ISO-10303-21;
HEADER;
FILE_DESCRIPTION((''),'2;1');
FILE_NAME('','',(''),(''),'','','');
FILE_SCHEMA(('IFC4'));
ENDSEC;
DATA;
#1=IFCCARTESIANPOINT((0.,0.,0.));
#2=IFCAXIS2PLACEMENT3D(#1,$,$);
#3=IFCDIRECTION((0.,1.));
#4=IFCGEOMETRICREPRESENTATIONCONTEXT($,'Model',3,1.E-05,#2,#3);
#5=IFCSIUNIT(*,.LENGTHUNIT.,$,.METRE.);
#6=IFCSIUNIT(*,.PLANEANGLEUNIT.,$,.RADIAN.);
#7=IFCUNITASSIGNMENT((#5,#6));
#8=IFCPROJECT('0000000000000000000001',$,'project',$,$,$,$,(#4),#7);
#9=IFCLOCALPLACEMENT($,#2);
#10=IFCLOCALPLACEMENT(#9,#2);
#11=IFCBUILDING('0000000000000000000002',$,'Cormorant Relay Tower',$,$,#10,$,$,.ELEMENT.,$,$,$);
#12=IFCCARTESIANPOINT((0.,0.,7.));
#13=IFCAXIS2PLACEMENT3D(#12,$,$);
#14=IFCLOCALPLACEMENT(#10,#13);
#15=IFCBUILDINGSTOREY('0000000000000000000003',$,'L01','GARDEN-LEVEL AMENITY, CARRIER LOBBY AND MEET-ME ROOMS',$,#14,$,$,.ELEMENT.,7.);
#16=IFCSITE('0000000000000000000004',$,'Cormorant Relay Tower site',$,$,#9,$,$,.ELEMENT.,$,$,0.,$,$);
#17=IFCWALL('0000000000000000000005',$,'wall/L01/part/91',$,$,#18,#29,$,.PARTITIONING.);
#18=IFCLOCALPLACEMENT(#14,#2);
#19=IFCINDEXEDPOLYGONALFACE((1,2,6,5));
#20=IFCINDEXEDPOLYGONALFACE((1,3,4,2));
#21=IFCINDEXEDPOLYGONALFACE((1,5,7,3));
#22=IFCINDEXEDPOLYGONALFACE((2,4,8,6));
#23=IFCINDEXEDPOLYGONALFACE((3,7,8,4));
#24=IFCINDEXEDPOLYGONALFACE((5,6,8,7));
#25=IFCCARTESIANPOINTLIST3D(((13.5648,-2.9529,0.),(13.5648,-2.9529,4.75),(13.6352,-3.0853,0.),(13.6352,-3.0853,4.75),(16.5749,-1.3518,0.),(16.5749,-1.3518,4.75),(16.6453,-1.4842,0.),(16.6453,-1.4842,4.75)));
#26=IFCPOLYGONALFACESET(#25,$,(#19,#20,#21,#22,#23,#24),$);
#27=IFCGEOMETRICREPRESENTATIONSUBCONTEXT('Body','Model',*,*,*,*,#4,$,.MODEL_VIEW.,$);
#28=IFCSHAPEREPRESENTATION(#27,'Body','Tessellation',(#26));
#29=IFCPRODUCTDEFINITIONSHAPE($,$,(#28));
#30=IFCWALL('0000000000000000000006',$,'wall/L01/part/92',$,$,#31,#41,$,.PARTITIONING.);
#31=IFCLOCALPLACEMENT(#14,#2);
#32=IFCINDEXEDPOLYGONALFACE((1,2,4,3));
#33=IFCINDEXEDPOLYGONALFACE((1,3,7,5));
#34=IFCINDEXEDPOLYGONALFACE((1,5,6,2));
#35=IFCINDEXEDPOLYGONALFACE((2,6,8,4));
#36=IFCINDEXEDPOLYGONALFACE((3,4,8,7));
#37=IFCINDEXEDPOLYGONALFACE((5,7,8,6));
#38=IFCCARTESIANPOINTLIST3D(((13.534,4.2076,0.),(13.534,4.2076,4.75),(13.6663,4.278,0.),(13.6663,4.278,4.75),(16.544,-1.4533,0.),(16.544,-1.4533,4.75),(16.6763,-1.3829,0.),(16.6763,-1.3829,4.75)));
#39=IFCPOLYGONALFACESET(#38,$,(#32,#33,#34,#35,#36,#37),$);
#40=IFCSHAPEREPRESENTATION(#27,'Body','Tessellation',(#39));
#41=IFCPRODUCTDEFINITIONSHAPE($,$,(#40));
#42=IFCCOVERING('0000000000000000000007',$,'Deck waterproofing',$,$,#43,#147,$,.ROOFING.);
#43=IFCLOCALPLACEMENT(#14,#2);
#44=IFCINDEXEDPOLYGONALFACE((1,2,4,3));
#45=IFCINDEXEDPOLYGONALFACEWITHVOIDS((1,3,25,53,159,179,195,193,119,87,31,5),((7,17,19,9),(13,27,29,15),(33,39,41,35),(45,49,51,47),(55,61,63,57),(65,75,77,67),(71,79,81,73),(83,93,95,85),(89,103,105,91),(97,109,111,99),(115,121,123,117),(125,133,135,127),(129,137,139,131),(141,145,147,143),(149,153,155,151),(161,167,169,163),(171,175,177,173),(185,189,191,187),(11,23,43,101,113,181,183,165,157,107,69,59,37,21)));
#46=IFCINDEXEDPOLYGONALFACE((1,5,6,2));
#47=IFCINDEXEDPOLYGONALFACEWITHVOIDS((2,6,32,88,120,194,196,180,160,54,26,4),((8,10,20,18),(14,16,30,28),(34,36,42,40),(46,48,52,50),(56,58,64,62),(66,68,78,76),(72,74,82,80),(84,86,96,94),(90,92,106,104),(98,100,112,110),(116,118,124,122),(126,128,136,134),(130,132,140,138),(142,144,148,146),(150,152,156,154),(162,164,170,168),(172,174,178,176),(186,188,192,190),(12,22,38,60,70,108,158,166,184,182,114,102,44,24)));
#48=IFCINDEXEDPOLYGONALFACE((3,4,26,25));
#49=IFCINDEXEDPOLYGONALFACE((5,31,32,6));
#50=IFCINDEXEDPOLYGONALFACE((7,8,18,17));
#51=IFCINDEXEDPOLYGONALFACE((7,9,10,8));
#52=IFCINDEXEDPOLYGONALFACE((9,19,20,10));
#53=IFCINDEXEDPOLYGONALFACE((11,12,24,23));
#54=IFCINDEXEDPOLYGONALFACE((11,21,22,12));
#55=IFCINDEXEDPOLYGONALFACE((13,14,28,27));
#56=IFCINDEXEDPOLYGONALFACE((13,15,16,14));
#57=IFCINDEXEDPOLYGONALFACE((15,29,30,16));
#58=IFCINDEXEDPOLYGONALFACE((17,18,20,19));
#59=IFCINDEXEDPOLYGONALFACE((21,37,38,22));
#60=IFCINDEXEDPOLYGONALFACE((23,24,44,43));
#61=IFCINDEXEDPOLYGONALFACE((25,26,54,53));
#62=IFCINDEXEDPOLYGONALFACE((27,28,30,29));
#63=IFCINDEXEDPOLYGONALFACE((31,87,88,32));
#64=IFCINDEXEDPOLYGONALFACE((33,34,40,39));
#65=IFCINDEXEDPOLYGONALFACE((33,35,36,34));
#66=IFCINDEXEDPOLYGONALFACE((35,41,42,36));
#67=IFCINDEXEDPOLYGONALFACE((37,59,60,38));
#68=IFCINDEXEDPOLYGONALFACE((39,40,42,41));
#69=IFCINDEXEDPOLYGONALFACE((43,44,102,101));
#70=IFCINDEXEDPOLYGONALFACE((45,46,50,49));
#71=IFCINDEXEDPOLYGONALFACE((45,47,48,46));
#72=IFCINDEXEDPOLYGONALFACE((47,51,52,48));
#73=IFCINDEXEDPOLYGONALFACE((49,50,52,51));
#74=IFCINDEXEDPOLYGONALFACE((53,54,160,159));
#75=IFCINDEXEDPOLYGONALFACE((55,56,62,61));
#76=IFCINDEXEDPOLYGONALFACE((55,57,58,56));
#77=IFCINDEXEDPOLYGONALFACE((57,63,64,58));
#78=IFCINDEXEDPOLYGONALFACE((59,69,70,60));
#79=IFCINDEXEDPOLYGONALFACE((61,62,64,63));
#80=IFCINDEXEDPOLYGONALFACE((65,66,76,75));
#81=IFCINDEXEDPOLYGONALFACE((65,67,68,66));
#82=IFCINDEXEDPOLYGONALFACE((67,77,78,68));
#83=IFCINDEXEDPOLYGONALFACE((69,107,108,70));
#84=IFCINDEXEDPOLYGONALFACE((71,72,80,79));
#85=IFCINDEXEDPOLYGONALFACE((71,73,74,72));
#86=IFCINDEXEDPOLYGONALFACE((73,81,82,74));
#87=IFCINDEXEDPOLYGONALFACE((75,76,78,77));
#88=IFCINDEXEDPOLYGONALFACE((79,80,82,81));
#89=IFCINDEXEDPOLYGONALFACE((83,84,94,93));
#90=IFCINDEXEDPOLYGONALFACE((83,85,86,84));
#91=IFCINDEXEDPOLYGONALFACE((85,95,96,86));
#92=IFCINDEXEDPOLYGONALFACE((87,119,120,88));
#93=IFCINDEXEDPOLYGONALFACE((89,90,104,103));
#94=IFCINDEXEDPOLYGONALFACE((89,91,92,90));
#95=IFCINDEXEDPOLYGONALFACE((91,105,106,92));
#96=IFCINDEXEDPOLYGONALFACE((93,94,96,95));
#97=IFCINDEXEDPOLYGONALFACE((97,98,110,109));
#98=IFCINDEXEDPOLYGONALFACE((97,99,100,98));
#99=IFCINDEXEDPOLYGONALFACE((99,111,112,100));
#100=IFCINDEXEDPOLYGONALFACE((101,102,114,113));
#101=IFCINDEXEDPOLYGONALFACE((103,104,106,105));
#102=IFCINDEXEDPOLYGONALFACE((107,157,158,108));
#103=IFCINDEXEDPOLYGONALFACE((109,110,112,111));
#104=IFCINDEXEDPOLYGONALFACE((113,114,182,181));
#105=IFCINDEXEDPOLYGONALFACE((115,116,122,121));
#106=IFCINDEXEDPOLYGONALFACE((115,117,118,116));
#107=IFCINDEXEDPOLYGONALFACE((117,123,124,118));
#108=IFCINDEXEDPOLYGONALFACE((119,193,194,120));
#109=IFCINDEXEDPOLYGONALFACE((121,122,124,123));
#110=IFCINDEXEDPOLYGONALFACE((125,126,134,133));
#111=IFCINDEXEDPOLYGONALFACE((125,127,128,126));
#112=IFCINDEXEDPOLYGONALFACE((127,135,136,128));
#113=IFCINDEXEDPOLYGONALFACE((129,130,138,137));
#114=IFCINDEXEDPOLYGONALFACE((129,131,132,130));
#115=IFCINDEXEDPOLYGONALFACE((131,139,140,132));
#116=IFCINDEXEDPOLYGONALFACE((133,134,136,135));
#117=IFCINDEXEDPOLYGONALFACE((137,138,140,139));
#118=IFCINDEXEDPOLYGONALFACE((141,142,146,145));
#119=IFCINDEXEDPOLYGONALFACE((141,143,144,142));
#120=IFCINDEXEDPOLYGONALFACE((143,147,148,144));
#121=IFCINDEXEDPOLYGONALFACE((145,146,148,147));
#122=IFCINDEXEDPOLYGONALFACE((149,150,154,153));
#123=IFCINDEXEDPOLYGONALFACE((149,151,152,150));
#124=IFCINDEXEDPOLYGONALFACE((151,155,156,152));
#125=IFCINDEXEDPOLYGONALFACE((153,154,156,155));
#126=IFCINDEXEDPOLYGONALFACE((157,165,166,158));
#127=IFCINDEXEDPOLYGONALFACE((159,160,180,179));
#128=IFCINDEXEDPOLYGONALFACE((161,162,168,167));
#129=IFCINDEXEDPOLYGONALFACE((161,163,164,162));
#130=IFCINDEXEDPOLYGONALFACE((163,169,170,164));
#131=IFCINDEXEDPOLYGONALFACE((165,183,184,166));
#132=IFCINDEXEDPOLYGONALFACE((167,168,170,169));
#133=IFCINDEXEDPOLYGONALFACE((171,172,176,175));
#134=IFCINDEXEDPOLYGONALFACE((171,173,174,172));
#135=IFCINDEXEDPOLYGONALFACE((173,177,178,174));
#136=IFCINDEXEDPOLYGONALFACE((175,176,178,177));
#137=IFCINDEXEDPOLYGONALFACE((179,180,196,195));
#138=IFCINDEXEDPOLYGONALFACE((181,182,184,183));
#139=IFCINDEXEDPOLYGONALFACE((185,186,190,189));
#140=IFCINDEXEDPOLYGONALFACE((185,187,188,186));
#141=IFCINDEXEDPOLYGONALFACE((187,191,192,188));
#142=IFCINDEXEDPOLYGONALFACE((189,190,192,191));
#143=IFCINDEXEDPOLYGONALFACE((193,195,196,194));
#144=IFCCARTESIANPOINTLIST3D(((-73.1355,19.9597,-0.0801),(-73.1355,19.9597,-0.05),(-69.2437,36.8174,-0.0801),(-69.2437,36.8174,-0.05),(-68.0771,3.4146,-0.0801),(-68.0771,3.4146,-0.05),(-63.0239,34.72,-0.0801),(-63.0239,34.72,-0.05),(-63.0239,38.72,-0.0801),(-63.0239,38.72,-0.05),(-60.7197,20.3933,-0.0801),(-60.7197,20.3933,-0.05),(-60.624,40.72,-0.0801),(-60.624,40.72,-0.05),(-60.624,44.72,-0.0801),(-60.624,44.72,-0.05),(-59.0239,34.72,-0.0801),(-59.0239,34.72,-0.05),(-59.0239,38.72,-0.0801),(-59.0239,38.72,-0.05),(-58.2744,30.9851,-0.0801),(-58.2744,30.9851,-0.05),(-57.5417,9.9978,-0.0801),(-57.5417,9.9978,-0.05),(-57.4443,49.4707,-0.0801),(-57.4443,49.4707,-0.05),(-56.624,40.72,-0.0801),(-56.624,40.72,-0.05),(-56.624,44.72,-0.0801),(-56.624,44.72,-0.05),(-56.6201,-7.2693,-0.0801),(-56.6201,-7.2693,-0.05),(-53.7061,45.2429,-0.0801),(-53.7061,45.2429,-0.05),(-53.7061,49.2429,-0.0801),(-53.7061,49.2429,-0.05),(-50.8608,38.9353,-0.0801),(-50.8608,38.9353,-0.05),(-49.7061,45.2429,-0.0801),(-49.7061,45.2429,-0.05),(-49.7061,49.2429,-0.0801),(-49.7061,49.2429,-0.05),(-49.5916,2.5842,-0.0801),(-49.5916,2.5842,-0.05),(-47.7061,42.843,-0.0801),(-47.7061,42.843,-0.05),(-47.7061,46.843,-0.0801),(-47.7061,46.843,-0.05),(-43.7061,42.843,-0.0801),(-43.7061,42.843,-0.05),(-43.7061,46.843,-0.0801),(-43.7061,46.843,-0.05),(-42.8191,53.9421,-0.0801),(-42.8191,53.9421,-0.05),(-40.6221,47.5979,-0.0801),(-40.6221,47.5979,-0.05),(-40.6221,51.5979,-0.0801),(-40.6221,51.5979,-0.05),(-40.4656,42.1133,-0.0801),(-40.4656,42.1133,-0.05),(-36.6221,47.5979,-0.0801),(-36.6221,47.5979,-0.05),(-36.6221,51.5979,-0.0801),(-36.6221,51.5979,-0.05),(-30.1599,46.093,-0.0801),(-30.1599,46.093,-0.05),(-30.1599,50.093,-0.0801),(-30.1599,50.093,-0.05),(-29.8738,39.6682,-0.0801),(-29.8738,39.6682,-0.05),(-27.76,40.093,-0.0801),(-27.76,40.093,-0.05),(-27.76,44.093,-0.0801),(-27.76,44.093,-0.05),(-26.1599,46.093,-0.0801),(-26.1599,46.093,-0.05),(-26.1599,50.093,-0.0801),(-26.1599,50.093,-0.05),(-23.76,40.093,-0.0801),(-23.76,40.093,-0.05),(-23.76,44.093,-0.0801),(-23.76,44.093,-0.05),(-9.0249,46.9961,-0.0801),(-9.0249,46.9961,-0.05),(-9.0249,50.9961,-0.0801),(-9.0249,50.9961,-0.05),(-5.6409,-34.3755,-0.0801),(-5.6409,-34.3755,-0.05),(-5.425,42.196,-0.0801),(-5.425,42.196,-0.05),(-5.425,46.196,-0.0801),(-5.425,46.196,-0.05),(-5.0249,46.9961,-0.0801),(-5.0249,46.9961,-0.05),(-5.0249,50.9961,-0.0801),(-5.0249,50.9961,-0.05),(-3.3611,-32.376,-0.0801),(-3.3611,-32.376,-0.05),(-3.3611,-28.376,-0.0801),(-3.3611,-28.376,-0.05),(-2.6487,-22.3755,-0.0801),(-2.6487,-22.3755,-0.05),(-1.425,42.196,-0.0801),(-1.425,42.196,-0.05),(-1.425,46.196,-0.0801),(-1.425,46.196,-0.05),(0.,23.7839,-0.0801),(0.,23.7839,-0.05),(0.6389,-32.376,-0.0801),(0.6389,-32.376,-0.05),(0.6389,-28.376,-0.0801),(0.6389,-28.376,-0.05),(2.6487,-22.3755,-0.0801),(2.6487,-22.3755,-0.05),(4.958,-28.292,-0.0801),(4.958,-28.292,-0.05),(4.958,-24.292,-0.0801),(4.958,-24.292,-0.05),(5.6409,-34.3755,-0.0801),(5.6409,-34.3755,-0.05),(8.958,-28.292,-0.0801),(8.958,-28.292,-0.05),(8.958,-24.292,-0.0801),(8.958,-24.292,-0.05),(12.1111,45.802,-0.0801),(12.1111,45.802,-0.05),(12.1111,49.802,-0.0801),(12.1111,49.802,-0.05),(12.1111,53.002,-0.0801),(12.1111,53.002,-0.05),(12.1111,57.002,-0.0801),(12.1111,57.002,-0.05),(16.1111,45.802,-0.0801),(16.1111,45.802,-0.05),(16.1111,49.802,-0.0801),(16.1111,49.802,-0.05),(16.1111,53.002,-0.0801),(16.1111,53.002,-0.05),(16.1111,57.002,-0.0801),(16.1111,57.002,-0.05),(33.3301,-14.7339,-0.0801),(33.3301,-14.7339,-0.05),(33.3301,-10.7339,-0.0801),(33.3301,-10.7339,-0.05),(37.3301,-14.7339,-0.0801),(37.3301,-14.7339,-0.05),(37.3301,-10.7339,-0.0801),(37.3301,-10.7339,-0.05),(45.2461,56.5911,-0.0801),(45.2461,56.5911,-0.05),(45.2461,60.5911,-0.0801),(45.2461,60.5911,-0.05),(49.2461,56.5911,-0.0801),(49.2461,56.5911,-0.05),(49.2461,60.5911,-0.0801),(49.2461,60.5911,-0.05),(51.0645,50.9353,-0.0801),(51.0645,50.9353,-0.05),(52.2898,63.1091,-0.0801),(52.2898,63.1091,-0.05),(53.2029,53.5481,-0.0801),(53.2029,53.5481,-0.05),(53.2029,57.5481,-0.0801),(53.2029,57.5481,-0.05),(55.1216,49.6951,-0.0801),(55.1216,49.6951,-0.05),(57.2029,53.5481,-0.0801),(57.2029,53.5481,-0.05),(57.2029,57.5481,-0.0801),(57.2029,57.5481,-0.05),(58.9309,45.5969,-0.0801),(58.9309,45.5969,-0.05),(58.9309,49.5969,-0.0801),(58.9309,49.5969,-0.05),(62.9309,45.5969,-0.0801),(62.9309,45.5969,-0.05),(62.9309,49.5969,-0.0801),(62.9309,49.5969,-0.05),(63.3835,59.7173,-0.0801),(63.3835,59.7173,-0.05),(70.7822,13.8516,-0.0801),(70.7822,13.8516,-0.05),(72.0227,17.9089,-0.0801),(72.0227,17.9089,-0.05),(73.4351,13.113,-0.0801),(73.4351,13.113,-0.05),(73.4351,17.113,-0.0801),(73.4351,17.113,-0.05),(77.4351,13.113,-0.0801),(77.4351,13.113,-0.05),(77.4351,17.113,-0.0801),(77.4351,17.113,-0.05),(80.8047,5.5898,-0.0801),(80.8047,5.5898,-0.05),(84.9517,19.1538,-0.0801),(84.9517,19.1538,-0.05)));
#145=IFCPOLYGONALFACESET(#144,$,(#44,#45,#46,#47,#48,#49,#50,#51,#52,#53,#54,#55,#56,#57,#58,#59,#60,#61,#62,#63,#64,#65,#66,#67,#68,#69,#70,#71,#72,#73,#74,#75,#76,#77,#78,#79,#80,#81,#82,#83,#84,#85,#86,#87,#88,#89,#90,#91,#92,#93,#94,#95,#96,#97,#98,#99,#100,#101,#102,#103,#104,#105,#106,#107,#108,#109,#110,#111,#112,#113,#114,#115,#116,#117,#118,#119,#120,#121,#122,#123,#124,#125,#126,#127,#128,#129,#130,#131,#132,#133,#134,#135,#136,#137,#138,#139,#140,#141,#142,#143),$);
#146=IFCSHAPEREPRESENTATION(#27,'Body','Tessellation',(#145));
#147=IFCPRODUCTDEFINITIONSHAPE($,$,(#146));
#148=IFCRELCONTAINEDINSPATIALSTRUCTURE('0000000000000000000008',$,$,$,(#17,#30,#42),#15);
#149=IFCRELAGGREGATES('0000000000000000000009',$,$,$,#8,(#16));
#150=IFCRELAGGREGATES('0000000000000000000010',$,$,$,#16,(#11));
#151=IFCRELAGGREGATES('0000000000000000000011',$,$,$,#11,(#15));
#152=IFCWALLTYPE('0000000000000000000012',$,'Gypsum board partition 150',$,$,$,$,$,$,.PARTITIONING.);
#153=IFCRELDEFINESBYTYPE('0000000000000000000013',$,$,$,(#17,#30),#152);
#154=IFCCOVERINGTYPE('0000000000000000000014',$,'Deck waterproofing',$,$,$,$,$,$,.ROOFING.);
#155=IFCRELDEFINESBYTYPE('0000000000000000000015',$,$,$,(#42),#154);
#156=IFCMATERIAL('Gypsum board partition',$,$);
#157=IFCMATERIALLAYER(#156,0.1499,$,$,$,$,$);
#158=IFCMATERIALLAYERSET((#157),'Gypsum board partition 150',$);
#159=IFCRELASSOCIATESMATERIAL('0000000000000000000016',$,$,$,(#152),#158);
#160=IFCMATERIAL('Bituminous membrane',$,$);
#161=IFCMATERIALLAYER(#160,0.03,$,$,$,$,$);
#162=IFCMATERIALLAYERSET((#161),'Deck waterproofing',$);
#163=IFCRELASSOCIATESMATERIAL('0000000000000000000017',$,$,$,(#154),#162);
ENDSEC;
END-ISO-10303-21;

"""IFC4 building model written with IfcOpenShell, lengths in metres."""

from ifc_helpers import new_model, si_unit, direction, frame, frame_2d, origin, place, context, subcontext, project, spatial, polyline, rectangle, outline, extrude, material, layer, layer_set, type_object, element, save


model = new_model("IFC4")

# Units and contexts
model_context = context("Model", 3, precision=1e-05, world=origin(), true_north=direction((0.0, 1.0)))
body_context = subcontext(model_context, "Body", "Model", "MODEL_VIEW")
ifc_project = project(units=[si_unit("LENGTHUNIT", "METRE"), si_unit("PLANEANGLEUNIT", "RADIAN")], contexts=[model_context])

# Site, building, storey
site_placement = place(None, origin())
site = spatial("IfcSite", under=ifc_project, at=site_placement, Name="Cormorant Relay Tower site", CompositionType="ELEMENT", RefElevation=0.0)
building_placement = place(site_placement, origin())
building = spatial("IfcBuilding", under=site, at=building_placement, Name="Cormorant Relay Tower", CompositionType="ELEMENT")
storey_placement = place(building_placement, frame((0.0, 0.0, 7.0)))
storey = spatial("IfcBuildingStorey", under=building, at=storey_placement, Name="L01", Description="GARDEN-LEVEL AMENITY, CARRIER LOBBY AND MEET-ME ROOMS", CompositionType="ELEMENT", Elevation=7.0)

# Walls
ifc_material_1 = material(Name="Gypsum board partition")
ifc_layer_1 = layer(ifc_material_1, 0.1499)
ifc_layer_set_1 = layer_set([ifc_layer_1], Name="Gypsum board partition 150")
wall_type_1 = type_object("IfcWallType", Name="Gypsum board partition 150", PredefinedType="PARTITIONING", material=ifc_layer_set_1)
wall_1_placement = place(storey_placement, frame((13.6001, -3.019, 0.0), z_axis=(0.0, 0.0, 1.0), x_axis=(0.882872, 0.469614, 0.0)))
element("IfcWall", 1, at=wall_1_placement, inside=storey, type_object=wall_type_1, Name="wall/L01/part/91", PredefinedType="PARTITIONING", context=body_context, shape_type="SweptSolid", body=[
    extrude(rectangle(XDim=3.4094, YDim=0.1499, at=frame_2d((1.7046, 0.0))), origin(), (0.0, 0.0, 1.0), 4.75),
])
wall_2_placement = place(storey_placement, frame((16.6101, -1.418, 0.0), z_axis=(0.0, 0.0, 1.0), x_axis=(-0.469479, 0.882944, 0.0)))
element("IfcWall", 2, at=wall_2_placement, inside=storey, type_object=wall_type_1, Name="wall/L01/part/92", PredefinedType="PARTITIONING", context=body_context, shape_type="SweptSolid", body=[
    extrude(rectangle(XDim=6.4114, YDim=0.1499, at=frame_2d((3.2056, 0.0))), origin(), (0.0, 0.0, 1.0), 4.75),
])

# Covering
ifc_material_2 = material(Name="Bituminous membrane")
ifc_layer_2 = layer(ifc_material_2, 0.03)
ifc_layer_set_2 = layer_set([ifc_layer_2], Name="Deck waterproofing")
covering_type = type_object("IfcCoveringType", Name="Deck waterproofing", PredefinedType="ROOFING", material=ifc_layer_set_2)
covering_placement = place(storey_placement, frame((0.0, 0.0, -0.0801)))
element("IfcCovering", 3, at=covering_placement, inside=storey, type_object=covering_type, Name="Deck waterproofing", PredefinedType="ROOFING", context=body_context, shape_type="SweptSolid", body=[
    extrude(outline(polyline([(-5.6409, -34.3755), (5.6409, -34.3755), (80.8047, 5.5898), (84.9517, 19.1538), (63.3835, 59.7173), (52.2898, 63.1091), (-42.8191, 53.9421), (-57.4443, 49.4707), (-69.2437, 36.8174), (-73.1355, 19.9597), (-68.0771, 3.4146), (-56.6201, -7.2693), (-5.6409, -34.3755)]), holes=[polyline([(2.6487, -22.3755), (70.7822, 13.8516), (72.0227, 17.9089), (55.1216, 49.6951), (51.0645, 50.9353), (0.0, 23.7839), (-29.8738, 39.6682), (-40.4656, 42.1133), (-50.8608, 38.9353), (-58.2744, 30.9851), (-60.7197, 20.3933), (-57.5417, 9.9978), (-49.5916, 2.5842), (-2.6487, -22.3755), (2.6487, -22.3755)]), polyline([(-59.0239, 38.72), (-63.0239, 38.72), (-63.0239, 34.72), (-59.0239, 34.72), (-59.0239, 38.72)]), polyline([(-23.76, 44.093), (-27.76, 44.093), (-27.76, 40.093), (-23.76, 40.093), (-23.76, 44.093)]), polyline([(-56.624, 44.72), (-60.624, 44.72), (-60.624, 40.72), (-56.624, 40.72), (-56.624, 44.72)]), polyline([(-1.425, 46.196), (-5.425, 46.196), (-5.425, 42.196), (-1.425, 42.196), (-1.425, 46.196)]), polyline([(-43.7061, 46.843), (-47.7061, 46.843), (-47.7061, 42.843), (-43.7061, 42.843), (-43.7061, 46.843)]), polyline([(-49.7061, 49.2429), (-53.7061, 49.2429), (-53.7061, 45.2429), (-49.7061, 45.2429), (-49.7061, 49.2429)]), polyline([(-26.1599, 50.093), (-30.1599, 50.093), (-30.1599, 46.093), (-26.1599, 46.093), (-26.1599, 50.093)]), polyline([(-5.0249, 46.9961), (-5.0249, 50.9961), (-9.0249, 50.9961), (-9.0249, 46.9961), (-5.0249, 46.9961)]), polyline([(-36.6221, 47.5979), (-36.6221, 51.5979), (-40.6221, 51.5979), (-40.6221, 47.5979), (-36.6221, 47.5979)]), polyline([(0.6389, -28.376), (-3.3611, -28.376), (-3.3611, -32.376), (0.6389, -32.376), (0.6389, -28.376)]), polyline([(8.958, -24.292), (4.958, -24.292), (4.958, -28.292), (8.958, -28.292), (8.958, -24.292)]), polyline([(37.3301, -10.7339), (33.3301, -10.7339), (33.3301, -14.7339), (37.3301, -14.7339), (37.3301, -10.7339)]), polyline([(77.4351, 17.113), (73.4351, 17.113), (73.4351, 13.113), (77.4351, 13.113), (77.4351, 17.113)]), polyline([(62.9309, 49.5969), (58.9309, 49.5969), (58.9309, 45.5969), (62.9309, 45.5969), (62.9309, 49.5969)]), polyline([(16.1111, 49.802), (12.1111, 49.802), (12.1111, 45.802), (16.1111, 45.802), (16.1111, 49.802)]), polyline([(16.1111, 57.002), (12.1111, 57.002), (12.1111, 53.002), (16.1111, 53.002), (16.1111, 57.002)]), polyline([(57.2029, 53.5481), (57.2029, 57.5481), (53.2029, 57.5481), (53.2029, 53.5481), (57.2029, 53.5481)]), polyline([(49.2461, 56.5911), (49.2461, 60.5911), (45.2461, 60.5911), (45.2461, 56.5911), (49.2461, 56.5911)])]), origin(), (0.0, 0.0, 1.0), 0.03),
])

save(model, "model.ifc")
